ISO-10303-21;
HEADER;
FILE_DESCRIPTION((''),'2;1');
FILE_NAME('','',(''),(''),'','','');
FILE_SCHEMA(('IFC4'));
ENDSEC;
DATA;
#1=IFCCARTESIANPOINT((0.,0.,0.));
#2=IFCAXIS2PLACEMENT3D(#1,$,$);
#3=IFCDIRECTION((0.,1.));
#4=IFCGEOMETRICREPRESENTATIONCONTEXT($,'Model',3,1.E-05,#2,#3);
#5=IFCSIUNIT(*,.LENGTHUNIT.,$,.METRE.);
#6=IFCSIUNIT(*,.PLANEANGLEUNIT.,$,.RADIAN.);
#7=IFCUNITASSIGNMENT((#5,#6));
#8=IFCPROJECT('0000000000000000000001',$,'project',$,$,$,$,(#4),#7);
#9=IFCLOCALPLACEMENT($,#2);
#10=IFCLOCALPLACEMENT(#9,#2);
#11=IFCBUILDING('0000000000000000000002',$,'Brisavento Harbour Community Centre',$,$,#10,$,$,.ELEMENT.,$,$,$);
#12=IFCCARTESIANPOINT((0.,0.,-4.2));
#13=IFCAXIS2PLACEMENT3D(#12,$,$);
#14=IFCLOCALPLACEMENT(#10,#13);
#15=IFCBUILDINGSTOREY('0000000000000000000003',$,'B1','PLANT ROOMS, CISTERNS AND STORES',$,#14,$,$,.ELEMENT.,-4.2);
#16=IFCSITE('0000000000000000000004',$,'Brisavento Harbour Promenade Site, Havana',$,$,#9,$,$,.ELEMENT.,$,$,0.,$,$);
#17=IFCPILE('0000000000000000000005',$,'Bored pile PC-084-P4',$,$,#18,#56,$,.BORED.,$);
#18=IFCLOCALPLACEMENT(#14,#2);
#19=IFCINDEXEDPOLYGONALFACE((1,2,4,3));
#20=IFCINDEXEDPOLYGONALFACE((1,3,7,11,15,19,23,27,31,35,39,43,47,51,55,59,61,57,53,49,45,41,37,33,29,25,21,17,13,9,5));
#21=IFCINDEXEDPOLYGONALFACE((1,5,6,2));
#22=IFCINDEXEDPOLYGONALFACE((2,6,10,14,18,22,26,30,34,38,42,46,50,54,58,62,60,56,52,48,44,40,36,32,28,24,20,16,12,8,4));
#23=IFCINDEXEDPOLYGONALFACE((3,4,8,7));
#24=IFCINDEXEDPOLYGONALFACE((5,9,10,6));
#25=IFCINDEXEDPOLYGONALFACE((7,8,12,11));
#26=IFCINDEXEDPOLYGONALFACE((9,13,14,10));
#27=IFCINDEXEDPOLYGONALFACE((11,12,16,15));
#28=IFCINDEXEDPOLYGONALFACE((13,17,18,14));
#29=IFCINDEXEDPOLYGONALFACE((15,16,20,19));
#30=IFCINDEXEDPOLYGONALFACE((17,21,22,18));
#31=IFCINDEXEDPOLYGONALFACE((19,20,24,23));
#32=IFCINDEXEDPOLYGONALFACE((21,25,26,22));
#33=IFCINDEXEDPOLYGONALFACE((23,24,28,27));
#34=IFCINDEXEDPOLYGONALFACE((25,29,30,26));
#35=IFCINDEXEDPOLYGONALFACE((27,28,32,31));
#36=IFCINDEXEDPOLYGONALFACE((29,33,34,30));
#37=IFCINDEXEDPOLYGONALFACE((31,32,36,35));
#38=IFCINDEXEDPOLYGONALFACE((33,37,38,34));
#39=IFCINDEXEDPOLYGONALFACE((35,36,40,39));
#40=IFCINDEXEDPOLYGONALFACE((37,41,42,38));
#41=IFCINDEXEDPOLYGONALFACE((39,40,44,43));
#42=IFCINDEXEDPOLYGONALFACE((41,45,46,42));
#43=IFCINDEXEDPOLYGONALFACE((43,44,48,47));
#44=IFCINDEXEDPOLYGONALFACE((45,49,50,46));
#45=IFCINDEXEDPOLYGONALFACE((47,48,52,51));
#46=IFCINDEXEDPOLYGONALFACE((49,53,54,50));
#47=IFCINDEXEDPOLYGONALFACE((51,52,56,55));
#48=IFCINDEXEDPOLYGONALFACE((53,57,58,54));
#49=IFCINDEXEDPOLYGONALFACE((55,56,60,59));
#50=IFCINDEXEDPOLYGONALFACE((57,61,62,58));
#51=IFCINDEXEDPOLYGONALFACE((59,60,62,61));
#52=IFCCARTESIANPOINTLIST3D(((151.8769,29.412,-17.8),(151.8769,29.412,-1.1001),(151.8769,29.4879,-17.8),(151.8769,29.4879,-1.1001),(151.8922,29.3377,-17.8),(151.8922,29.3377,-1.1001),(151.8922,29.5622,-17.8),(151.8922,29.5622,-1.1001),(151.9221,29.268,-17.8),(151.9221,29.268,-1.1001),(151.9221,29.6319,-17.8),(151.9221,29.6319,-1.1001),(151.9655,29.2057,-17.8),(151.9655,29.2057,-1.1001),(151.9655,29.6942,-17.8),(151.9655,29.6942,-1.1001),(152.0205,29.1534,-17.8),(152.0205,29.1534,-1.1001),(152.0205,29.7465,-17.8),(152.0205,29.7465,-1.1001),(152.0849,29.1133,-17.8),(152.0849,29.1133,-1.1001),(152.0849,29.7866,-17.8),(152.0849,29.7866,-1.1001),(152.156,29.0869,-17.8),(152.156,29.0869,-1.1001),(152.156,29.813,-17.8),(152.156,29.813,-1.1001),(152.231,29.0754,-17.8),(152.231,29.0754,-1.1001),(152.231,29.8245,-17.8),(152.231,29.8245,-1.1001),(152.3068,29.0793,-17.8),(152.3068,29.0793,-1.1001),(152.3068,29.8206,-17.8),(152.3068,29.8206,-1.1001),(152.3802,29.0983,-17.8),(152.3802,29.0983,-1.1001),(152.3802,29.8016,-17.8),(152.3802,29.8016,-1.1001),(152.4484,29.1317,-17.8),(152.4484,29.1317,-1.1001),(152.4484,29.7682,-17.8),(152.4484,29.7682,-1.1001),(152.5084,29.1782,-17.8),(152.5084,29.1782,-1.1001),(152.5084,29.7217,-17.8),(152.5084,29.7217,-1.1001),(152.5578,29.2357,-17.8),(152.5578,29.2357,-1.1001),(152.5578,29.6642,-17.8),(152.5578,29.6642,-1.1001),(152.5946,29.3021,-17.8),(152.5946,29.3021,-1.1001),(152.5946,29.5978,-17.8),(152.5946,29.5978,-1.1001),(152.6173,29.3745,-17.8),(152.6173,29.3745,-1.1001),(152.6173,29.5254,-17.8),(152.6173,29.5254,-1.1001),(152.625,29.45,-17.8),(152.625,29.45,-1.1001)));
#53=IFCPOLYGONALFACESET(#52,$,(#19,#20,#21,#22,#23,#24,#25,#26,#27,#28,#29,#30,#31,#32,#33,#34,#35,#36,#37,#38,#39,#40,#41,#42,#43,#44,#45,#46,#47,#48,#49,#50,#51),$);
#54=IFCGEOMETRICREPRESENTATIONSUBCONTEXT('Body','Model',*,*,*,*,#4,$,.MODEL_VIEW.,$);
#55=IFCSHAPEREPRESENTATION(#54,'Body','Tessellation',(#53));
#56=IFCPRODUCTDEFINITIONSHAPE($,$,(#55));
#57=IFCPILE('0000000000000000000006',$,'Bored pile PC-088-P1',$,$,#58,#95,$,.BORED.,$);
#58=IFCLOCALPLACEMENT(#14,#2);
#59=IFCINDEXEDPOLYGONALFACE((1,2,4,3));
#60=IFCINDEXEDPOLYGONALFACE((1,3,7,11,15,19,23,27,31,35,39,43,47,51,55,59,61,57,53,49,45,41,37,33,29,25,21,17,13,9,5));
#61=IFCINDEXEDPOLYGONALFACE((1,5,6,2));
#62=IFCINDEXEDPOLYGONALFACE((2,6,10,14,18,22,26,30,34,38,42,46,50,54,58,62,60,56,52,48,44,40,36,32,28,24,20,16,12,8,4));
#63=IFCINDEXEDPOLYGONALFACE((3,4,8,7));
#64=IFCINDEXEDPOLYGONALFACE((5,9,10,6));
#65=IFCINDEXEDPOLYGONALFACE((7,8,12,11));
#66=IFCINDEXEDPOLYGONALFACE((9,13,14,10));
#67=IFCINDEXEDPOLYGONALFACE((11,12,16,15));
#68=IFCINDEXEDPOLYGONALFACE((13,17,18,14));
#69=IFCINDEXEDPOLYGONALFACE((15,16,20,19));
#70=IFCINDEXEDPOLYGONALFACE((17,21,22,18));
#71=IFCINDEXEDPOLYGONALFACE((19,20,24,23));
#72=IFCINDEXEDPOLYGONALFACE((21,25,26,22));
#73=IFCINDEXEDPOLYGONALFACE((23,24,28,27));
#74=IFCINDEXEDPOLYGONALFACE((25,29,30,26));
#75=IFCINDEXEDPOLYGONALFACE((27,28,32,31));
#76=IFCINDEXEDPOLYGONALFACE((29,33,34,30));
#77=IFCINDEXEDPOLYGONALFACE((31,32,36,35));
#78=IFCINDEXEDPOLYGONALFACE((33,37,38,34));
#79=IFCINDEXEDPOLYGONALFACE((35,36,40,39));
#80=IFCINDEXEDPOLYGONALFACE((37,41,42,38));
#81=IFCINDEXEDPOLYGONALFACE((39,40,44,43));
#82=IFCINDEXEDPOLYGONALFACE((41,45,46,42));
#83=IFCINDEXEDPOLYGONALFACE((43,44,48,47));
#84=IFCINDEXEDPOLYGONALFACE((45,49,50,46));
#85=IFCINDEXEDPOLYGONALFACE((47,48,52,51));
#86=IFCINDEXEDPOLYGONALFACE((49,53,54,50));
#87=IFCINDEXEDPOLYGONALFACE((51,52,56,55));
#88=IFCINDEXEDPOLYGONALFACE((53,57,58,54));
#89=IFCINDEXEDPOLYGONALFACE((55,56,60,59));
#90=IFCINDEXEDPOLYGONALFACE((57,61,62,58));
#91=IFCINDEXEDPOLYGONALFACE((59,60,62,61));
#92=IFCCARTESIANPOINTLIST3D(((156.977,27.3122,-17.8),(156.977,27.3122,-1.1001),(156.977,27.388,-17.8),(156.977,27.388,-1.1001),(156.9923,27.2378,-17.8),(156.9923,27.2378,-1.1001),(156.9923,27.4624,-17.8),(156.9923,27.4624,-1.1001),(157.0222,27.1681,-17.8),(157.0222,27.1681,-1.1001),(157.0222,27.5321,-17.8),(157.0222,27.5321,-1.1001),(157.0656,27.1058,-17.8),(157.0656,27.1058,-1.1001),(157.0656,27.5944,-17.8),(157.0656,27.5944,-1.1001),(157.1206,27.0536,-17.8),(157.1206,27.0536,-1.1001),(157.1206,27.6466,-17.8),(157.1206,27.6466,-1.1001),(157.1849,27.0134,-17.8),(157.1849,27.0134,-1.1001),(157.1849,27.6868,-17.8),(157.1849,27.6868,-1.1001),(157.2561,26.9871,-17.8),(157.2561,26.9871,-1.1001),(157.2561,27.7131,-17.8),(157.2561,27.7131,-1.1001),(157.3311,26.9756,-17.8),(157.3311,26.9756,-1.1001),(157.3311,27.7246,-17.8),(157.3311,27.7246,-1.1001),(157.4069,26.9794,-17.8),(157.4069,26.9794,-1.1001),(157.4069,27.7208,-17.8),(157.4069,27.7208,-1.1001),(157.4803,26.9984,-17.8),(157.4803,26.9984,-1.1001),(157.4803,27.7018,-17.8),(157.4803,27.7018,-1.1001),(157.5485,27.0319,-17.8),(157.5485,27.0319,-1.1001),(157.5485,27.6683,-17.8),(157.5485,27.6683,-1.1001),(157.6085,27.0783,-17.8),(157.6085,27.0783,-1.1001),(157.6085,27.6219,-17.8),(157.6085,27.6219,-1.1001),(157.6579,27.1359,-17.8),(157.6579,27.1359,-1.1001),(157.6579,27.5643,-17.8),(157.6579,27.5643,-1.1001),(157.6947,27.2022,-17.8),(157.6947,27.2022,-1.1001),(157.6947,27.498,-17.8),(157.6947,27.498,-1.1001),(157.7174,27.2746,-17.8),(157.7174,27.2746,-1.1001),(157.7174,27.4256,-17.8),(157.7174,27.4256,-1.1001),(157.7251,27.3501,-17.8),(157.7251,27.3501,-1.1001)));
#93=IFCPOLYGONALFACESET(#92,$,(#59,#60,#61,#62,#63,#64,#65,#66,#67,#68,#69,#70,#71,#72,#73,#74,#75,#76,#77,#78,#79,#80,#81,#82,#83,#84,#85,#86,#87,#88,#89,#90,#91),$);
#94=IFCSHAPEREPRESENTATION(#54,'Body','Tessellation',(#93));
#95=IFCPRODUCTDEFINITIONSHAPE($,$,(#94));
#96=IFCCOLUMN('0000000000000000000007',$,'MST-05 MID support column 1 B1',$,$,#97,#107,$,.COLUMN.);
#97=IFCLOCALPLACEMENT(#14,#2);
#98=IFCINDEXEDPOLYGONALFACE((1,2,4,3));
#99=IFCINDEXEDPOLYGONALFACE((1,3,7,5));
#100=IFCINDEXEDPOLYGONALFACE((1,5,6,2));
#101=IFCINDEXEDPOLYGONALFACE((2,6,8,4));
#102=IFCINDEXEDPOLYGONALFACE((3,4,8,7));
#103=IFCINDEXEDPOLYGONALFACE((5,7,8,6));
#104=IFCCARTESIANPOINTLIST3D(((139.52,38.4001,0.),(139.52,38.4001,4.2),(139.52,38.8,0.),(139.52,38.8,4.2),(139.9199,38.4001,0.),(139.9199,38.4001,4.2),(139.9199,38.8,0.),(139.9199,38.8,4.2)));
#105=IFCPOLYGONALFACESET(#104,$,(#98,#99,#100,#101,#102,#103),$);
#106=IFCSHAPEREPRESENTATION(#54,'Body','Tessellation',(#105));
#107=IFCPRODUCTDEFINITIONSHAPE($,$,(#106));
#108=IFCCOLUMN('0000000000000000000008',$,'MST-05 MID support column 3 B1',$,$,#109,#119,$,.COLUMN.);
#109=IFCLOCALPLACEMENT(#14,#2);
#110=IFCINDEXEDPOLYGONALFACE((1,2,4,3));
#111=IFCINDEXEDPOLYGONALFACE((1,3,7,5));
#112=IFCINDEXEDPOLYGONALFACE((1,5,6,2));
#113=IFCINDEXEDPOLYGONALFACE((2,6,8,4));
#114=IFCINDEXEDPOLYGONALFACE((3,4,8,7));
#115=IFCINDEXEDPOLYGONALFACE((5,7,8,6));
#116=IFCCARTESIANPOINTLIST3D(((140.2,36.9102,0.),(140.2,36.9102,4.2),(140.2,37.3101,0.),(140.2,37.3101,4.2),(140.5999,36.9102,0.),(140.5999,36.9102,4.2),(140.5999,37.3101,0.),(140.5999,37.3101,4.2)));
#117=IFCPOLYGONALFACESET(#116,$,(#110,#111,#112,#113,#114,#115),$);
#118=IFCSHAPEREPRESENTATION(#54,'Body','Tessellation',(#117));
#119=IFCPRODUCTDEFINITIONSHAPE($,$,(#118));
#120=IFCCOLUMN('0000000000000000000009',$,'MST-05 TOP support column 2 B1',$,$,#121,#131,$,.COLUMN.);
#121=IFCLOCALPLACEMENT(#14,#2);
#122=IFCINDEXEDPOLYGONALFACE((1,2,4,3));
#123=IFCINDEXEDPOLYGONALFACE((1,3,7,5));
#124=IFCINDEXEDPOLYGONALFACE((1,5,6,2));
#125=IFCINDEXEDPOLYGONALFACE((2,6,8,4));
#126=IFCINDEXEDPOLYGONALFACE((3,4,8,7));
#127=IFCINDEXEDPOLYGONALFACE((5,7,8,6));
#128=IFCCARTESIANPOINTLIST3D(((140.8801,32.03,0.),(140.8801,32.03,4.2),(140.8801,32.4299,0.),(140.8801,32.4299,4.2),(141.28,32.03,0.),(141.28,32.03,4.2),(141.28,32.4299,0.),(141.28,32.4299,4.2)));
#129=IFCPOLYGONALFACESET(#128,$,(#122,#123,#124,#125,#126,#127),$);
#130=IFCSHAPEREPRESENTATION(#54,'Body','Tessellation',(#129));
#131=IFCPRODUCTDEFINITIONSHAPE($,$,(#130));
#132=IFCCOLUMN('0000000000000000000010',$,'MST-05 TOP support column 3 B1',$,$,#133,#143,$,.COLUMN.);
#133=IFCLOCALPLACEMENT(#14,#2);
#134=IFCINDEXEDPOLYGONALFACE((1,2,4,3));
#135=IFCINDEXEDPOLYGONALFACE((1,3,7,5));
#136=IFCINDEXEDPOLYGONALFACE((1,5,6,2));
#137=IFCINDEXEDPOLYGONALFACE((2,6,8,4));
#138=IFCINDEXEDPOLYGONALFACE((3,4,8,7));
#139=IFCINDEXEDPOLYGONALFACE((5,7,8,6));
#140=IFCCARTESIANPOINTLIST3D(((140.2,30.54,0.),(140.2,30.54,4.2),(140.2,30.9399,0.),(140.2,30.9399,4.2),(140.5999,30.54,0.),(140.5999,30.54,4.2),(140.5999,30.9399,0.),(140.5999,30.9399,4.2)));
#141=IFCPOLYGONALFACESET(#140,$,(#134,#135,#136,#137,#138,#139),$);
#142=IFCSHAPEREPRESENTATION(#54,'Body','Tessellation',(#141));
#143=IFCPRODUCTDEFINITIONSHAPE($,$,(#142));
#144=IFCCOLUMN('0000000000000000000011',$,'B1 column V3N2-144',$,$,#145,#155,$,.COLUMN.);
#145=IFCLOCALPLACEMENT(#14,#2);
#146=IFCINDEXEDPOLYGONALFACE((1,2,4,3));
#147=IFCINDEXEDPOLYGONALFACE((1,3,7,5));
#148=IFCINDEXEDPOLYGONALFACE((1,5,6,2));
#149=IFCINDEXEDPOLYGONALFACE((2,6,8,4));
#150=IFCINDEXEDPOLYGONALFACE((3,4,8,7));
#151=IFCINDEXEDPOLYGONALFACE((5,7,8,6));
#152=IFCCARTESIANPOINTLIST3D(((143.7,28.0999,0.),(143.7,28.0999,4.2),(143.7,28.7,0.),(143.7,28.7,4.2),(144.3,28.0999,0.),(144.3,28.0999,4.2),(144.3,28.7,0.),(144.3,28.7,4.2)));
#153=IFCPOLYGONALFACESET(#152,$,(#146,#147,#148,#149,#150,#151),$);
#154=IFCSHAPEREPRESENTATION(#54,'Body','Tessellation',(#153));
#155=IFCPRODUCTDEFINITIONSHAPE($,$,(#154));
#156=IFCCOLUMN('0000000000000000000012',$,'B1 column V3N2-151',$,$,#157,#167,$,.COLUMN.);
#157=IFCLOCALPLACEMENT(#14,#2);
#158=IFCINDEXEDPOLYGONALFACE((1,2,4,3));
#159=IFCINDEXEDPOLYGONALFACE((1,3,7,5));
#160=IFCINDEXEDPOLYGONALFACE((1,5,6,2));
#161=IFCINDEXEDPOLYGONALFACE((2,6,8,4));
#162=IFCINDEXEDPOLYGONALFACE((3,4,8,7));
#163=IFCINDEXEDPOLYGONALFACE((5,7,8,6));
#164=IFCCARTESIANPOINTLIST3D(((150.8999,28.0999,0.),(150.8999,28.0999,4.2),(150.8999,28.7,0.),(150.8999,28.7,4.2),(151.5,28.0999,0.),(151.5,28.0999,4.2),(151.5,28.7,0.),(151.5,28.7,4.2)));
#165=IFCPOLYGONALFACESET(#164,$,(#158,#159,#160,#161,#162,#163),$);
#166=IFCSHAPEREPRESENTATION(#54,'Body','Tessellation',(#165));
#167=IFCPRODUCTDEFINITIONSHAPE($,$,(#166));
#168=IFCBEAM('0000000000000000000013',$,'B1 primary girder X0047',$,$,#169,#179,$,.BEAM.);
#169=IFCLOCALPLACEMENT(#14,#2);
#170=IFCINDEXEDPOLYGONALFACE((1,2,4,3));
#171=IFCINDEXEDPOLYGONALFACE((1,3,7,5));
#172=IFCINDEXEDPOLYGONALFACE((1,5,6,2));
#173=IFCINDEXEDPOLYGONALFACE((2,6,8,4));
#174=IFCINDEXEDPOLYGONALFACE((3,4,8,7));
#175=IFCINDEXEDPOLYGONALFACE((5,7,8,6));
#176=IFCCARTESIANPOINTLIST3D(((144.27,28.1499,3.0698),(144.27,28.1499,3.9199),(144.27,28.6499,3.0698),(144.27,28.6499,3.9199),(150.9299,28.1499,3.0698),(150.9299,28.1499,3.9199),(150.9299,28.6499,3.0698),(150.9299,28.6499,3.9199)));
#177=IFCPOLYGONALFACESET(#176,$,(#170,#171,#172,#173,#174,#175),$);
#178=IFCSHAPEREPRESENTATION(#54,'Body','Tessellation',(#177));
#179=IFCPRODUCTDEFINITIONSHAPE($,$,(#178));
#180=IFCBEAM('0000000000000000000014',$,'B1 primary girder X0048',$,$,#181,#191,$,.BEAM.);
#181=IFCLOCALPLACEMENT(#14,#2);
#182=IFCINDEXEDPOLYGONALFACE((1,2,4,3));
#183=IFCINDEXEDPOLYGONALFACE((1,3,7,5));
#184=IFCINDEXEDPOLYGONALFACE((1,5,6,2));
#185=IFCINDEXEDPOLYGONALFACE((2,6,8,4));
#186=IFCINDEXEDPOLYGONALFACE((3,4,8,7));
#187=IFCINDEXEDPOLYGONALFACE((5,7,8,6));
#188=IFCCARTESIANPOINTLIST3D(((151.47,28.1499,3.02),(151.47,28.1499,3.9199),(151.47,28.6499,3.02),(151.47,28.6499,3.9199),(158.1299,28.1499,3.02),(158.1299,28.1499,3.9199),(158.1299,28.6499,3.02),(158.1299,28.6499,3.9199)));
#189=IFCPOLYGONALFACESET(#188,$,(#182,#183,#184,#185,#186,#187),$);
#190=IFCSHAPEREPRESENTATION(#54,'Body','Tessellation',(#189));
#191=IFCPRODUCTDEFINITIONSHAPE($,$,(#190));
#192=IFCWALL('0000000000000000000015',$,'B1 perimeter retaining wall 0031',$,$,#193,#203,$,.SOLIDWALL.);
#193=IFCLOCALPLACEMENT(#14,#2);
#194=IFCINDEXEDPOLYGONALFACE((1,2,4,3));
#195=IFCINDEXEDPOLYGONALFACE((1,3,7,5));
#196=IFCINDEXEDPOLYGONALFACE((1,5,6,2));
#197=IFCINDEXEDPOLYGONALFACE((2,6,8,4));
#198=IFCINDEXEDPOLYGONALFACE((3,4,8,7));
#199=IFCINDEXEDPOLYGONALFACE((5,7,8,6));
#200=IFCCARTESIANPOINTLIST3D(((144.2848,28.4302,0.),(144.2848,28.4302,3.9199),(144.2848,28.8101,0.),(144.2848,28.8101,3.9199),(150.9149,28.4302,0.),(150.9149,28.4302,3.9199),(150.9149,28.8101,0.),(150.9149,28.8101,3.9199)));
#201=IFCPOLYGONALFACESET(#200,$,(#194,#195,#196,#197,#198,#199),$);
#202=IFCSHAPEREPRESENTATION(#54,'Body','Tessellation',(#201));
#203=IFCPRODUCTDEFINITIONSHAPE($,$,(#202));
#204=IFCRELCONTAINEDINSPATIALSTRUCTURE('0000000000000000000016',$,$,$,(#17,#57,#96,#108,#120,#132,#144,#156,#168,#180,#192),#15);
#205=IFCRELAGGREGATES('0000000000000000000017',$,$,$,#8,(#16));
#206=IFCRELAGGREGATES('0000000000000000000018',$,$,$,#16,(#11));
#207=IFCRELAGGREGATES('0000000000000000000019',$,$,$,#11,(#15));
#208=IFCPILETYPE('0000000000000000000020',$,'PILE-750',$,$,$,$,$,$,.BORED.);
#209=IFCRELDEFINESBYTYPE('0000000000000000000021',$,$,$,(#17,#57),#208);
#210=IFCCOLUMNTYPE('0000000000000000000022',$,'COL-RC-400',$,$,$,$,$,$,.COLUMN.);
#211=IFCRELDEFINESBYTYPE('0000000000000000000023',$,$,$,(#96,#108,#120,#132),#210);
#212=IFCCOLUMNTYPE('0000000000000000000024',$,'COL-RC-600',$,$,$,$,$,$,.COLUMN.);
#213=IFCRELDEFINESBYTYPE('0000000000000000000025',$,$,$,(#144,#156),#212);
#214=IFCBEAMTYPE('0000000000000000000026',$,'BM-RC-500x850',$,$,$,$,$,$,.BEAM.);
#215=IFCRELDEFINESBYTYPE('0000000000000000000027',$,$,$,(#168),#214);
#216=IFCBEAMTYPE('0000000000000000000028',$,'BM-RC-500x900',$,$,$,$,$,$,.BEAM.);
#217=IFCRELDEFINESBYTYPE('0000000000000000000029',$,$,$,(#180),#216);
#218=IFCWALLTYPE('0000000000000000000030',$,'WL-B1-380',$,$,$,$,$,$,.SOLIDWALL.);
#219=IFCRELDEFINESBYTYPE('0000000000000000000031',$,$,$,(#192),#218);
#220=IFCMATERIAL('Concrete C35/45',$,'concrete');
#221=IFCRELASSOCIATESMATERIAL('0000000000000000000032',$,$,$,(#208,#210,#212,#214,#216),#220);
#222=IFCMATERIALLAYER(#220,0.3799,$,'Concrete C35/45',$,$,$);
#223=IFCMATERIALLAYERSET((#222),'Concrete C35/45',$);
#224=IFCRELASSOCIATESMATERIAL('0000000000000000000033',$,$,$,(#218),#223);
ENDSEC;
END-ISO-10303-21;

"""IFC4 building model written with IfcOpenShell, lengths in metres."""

from ifc_helpers import new_model, si_unit, direction, frame, frame_2d, origin, origin_2d, place, context, subcontext, project, spatial, rectangle, circle, extrude, material, layer, layer_set, material_profile, profile_set, type_object, element, save


model = new_model("IFC4")

# Units and contexts
model_context = context("Model", 3, precision=1e-05, world=origin(), true_north=direction((0.0, 1.0)))
body_context = subcontext(model_context, "Body", "Model", "MODEL_VIEW")
ifc_project = project(units=[si_unit("LENGTHUNIT", "METRE"), si_unit("PLANEANGLEUNIT", "RADIAN")], contexts=[model_context])

# Site, building, storey
site_placement = place(None, origin())
site = spatial("IfcSite", under=ifc_project, at=site_placement, Name="Brisavento Harbour Promenade Site, Havana", CompositionType="ELEMENT", RefElevation=0.0)
building_placement = place(site_placement, origin())
building = spatial("IfcBuilding", under=site, at=building_placement, Name="Brisavento Harbour Community Centre", CompositionType="ELEMENT")
storey_placement = place(building_placement, frame((0.0, 0.0, -4.2)))
storey = spatial("IfcBuildingStorey", under=building, at=storey_placement, Name="B1", Description="PLANT ROOMS, CISTERNS AND STORES", CompositionType="ELEMENT", Elevation=-4.2)

# Shared definitions
ifc_material_1 = material(Name="Concrete C35/45", Category="concrete")

# Piles
ifc_material_profile_1 = material_profile(ifc_material_1, circle(Radius=0.375, at=origin_2d()), Name="Concrete C35/45")
ifc_profile_set_1 = profile_set([ifc_material_profile_1], Name="Concrete C35/45")
pile_type = type_object("IfcPileType", Name="PILE-750", PredefinedType="BORED", material=ifc_profile_set_1)
for number, where, z_axis, x_axis, name in (
    (1, (152.25, 29.45, -1.1001), (0.0, 0.0, -1.0), (1.0, 0.0, 0.0), "Bored pile PC-084-P4"),
    (2, (157.3501, 27.3501, -1.1001), (0.0, 0.0, -1.0), (1.0, 0.0, 0.0), "Bored pile PC-088-P1"),
):
    element("IfcPile", number, at=place(storey_placement, frame(where, z_axis=z_axis, x_axis=x_axis)), inside=storey, type_object=pile_type, Name=name, PredefinedType="BORED", context=body_context, shape_type="SweptSolid", body=[
        extrude(circle(Radius=0.375, at=origin_2d()), origin(), (0.0, 0.0, 1.0), 16.7),
    ])

# Columns
ifc_material_profile_2 = material_profile(ifc_material_1, rectangle(XDim=0.3999, YDim=0.3999, at=origin_2d()), Name="Concrete C35/45")
ifc_profile_set_2 = profile_set([ifc_material_profile_2], Name="Concrete C35/45")
column_type_1 = type_object("IfcColumnType", Name="COL-RC-400", PredefinedType="COLUMN", material=ifc_profile_set_2)
for number, where, z_axis, x_axis, name in (
    (3, (139.72, 38.6001, 0.0), (0.0, 0.0, 1.0), (1.0, 0.0, 0.0), "MST-05 MID support column 1 B1"),
    (4, (140.3999, 37.1101, 0.0), (0.0, 0.0, 1.0), (1.0, 0.0, 0.0), "MST-05 MID support column 3 B1"),
    (5, (141.0801, 32.23, 0.0), (0.0, 0.0, 1.0), (1.0, 0.0, 0.0), "MST-05 TOP support column 2 B1"),
    (6, (140.3999, 30.74, 0.0), (0.0, 0.0, 1.0), (1.0, 0.0, 0.0), "MST-05 TOP support column 3 B1"),
):
    element("IfcColumn", number, at=place(storey_placement, frame(where, z_axis=z_axis, x_axis=x_axis)), inside=storey, type_object=column_type_1, Name=name, PredefinedType="COLUMN", context=body_context, shape_type="SweptSolid", body=[
        extrude(rectangle(XDim=0.3999, YDim=0.3999, at=origin_2d()), origin(), (0.0, 0.0, 1.0), 4.2),
    ])
ifc_material_profile_3 = material_profile(ifc_material_1, rectangle(XDim=0.6001, YDim=0.6001, at=origin_2d()), Name="Concrete C35/45")
ifc_profile_set_3 = profile_set([ifc_material_profile_3], Name="Concrete C35/45")
column_type_2 = type_object("IfcColumnType", Name="COL-RC-600", PredefinedType="COLUMN", material=ifc_profile_set_3)
for number, where, z_axis, x_axis, name in (
    (7, (144.0, 28.3999, 0.0), (0.0, 0.0, 1.0), (1.0, 0.0, 0.0), "B1 column V3N2-144"),
    (8, (151.2, 28.3999, 0.0), (0.0, 0.0, 1.0), (1.0, 0.0, 0.0), "B1 column V3N2-151"),
):
    element("IfcColumn", number, at=place(storey_placement, frame(where, z_axis=z_axis, x_axis=x_axis)), inside=storey, type_object=column_type_2, Name=name, PredefinedType="COLUMN", context=body_context, shape_type="SweptSolid", body=[
        extrude(rectangle(XDim=0.6001, YDim=0.6001, at=origin_2d()), origin(), (0.0, 0.0, 1.0), 4.2),
    ])

# Beams
ifc_material_profile_4 = material_profile(ifc_material_1, rectangle(XDim=0.5, YDim=0.8501, at=origin_2d()), Name="Concrete C35/45")
ifc_profile_set_4 = profile_set([ifc_material_profile_4], Name="Concrete C35/45")
beam_type_1 = type_object("IfcBeamType", Name="BM-RC-500x850", PredefinedType="BEAM", material=ifc_profile_set_4)
beam_1_placement = place(storey_placement, frame((144.27, 28.3999, 3.4949), z_axis=(1.0, 0.0, 0.0), x_axis=(0.0, 1.0, 0.0)))
element("IfcBeam", 9, at=beam_1_placement, inside=storey, type_object=beam_type_1, Name="B1 primary girder X0047", PredefinedType="BEAM", context=body_context, shape_type="SweptSolid", body=[
    extrude(rectangle(XDim=0.5, YDim=0.8501, at=origin_2d()), origin(), (0.0, 0.0, 1.0), 6.6599),
])
ifc_material_profile_5 = material_profile(ifc_material_1, rectangle(XDim=0.5, YDim=0.8999, at=origin_2d()), Name="Concrete C35/45")
ifc_profile_set_5 = profile_set([ifc_material_profile_5], Name="Concrete C35/45")
beam_type_2 = type_object("IfcBeamType", Name="BM-RC-500x900", PredefinedType="BEAM", material=ifc_profile_set_5)
beam_2_placement = place(storey_placement, frame((151.47, 28.3999, 3.47), z_axis=(1.0, 0.0, 0.0), x_axis=(0.0, 1.0, 0.0)))
element("IfcBeam", 10, at=beam_2_placement, inside=storey, type_object=beam_type_2, Name="B1 primary girder X0048", PredefinedType="BEAM", context=body_context, shape_type="SweptSolid", body=[
    extrude(rectangle(XDim=0.5, YDim=0.8999, at=origin_2d()), origin(), (0.0, 0.0, 1.0), 6.6599),
])

# Wall
ifc_layer_1 = layer(ifc_material_1, 0.3799, Name="Concrete C35/45")
ifc_layer_set_1 = layer_set([ifc_layer_1], Name="Concrete C35/45")
wall_type_1 = type_object("IfcWallType", Name="WL-B1-380", PredefinedType="SOLIDWALL", material=ifc_layer_set_1)
wall_1_placement = place(storey_placement, frame((144.2849, 28.6201, 0.0), z_axis=(0.0, 0.0, 1.0), x_axis=(1.0, 0.0, 0.0)))
element("IfcWall", 11, at=wall_1_placement, inside=storey, type_object=wall_type_1, Name="B1 perimeter retaining wall 0031", PredefinedType="SOLIDWALL", context=body_context, shape_type="SweptSolid", body=[
    extrude(rectangle(XDim=6.6301, YDim=0.3799, at=frame_2d((3.3149, 0.0))), origin(), (0.0, 0.0, 1.0), 3.9199),
])

save(model, "model.ifc")
